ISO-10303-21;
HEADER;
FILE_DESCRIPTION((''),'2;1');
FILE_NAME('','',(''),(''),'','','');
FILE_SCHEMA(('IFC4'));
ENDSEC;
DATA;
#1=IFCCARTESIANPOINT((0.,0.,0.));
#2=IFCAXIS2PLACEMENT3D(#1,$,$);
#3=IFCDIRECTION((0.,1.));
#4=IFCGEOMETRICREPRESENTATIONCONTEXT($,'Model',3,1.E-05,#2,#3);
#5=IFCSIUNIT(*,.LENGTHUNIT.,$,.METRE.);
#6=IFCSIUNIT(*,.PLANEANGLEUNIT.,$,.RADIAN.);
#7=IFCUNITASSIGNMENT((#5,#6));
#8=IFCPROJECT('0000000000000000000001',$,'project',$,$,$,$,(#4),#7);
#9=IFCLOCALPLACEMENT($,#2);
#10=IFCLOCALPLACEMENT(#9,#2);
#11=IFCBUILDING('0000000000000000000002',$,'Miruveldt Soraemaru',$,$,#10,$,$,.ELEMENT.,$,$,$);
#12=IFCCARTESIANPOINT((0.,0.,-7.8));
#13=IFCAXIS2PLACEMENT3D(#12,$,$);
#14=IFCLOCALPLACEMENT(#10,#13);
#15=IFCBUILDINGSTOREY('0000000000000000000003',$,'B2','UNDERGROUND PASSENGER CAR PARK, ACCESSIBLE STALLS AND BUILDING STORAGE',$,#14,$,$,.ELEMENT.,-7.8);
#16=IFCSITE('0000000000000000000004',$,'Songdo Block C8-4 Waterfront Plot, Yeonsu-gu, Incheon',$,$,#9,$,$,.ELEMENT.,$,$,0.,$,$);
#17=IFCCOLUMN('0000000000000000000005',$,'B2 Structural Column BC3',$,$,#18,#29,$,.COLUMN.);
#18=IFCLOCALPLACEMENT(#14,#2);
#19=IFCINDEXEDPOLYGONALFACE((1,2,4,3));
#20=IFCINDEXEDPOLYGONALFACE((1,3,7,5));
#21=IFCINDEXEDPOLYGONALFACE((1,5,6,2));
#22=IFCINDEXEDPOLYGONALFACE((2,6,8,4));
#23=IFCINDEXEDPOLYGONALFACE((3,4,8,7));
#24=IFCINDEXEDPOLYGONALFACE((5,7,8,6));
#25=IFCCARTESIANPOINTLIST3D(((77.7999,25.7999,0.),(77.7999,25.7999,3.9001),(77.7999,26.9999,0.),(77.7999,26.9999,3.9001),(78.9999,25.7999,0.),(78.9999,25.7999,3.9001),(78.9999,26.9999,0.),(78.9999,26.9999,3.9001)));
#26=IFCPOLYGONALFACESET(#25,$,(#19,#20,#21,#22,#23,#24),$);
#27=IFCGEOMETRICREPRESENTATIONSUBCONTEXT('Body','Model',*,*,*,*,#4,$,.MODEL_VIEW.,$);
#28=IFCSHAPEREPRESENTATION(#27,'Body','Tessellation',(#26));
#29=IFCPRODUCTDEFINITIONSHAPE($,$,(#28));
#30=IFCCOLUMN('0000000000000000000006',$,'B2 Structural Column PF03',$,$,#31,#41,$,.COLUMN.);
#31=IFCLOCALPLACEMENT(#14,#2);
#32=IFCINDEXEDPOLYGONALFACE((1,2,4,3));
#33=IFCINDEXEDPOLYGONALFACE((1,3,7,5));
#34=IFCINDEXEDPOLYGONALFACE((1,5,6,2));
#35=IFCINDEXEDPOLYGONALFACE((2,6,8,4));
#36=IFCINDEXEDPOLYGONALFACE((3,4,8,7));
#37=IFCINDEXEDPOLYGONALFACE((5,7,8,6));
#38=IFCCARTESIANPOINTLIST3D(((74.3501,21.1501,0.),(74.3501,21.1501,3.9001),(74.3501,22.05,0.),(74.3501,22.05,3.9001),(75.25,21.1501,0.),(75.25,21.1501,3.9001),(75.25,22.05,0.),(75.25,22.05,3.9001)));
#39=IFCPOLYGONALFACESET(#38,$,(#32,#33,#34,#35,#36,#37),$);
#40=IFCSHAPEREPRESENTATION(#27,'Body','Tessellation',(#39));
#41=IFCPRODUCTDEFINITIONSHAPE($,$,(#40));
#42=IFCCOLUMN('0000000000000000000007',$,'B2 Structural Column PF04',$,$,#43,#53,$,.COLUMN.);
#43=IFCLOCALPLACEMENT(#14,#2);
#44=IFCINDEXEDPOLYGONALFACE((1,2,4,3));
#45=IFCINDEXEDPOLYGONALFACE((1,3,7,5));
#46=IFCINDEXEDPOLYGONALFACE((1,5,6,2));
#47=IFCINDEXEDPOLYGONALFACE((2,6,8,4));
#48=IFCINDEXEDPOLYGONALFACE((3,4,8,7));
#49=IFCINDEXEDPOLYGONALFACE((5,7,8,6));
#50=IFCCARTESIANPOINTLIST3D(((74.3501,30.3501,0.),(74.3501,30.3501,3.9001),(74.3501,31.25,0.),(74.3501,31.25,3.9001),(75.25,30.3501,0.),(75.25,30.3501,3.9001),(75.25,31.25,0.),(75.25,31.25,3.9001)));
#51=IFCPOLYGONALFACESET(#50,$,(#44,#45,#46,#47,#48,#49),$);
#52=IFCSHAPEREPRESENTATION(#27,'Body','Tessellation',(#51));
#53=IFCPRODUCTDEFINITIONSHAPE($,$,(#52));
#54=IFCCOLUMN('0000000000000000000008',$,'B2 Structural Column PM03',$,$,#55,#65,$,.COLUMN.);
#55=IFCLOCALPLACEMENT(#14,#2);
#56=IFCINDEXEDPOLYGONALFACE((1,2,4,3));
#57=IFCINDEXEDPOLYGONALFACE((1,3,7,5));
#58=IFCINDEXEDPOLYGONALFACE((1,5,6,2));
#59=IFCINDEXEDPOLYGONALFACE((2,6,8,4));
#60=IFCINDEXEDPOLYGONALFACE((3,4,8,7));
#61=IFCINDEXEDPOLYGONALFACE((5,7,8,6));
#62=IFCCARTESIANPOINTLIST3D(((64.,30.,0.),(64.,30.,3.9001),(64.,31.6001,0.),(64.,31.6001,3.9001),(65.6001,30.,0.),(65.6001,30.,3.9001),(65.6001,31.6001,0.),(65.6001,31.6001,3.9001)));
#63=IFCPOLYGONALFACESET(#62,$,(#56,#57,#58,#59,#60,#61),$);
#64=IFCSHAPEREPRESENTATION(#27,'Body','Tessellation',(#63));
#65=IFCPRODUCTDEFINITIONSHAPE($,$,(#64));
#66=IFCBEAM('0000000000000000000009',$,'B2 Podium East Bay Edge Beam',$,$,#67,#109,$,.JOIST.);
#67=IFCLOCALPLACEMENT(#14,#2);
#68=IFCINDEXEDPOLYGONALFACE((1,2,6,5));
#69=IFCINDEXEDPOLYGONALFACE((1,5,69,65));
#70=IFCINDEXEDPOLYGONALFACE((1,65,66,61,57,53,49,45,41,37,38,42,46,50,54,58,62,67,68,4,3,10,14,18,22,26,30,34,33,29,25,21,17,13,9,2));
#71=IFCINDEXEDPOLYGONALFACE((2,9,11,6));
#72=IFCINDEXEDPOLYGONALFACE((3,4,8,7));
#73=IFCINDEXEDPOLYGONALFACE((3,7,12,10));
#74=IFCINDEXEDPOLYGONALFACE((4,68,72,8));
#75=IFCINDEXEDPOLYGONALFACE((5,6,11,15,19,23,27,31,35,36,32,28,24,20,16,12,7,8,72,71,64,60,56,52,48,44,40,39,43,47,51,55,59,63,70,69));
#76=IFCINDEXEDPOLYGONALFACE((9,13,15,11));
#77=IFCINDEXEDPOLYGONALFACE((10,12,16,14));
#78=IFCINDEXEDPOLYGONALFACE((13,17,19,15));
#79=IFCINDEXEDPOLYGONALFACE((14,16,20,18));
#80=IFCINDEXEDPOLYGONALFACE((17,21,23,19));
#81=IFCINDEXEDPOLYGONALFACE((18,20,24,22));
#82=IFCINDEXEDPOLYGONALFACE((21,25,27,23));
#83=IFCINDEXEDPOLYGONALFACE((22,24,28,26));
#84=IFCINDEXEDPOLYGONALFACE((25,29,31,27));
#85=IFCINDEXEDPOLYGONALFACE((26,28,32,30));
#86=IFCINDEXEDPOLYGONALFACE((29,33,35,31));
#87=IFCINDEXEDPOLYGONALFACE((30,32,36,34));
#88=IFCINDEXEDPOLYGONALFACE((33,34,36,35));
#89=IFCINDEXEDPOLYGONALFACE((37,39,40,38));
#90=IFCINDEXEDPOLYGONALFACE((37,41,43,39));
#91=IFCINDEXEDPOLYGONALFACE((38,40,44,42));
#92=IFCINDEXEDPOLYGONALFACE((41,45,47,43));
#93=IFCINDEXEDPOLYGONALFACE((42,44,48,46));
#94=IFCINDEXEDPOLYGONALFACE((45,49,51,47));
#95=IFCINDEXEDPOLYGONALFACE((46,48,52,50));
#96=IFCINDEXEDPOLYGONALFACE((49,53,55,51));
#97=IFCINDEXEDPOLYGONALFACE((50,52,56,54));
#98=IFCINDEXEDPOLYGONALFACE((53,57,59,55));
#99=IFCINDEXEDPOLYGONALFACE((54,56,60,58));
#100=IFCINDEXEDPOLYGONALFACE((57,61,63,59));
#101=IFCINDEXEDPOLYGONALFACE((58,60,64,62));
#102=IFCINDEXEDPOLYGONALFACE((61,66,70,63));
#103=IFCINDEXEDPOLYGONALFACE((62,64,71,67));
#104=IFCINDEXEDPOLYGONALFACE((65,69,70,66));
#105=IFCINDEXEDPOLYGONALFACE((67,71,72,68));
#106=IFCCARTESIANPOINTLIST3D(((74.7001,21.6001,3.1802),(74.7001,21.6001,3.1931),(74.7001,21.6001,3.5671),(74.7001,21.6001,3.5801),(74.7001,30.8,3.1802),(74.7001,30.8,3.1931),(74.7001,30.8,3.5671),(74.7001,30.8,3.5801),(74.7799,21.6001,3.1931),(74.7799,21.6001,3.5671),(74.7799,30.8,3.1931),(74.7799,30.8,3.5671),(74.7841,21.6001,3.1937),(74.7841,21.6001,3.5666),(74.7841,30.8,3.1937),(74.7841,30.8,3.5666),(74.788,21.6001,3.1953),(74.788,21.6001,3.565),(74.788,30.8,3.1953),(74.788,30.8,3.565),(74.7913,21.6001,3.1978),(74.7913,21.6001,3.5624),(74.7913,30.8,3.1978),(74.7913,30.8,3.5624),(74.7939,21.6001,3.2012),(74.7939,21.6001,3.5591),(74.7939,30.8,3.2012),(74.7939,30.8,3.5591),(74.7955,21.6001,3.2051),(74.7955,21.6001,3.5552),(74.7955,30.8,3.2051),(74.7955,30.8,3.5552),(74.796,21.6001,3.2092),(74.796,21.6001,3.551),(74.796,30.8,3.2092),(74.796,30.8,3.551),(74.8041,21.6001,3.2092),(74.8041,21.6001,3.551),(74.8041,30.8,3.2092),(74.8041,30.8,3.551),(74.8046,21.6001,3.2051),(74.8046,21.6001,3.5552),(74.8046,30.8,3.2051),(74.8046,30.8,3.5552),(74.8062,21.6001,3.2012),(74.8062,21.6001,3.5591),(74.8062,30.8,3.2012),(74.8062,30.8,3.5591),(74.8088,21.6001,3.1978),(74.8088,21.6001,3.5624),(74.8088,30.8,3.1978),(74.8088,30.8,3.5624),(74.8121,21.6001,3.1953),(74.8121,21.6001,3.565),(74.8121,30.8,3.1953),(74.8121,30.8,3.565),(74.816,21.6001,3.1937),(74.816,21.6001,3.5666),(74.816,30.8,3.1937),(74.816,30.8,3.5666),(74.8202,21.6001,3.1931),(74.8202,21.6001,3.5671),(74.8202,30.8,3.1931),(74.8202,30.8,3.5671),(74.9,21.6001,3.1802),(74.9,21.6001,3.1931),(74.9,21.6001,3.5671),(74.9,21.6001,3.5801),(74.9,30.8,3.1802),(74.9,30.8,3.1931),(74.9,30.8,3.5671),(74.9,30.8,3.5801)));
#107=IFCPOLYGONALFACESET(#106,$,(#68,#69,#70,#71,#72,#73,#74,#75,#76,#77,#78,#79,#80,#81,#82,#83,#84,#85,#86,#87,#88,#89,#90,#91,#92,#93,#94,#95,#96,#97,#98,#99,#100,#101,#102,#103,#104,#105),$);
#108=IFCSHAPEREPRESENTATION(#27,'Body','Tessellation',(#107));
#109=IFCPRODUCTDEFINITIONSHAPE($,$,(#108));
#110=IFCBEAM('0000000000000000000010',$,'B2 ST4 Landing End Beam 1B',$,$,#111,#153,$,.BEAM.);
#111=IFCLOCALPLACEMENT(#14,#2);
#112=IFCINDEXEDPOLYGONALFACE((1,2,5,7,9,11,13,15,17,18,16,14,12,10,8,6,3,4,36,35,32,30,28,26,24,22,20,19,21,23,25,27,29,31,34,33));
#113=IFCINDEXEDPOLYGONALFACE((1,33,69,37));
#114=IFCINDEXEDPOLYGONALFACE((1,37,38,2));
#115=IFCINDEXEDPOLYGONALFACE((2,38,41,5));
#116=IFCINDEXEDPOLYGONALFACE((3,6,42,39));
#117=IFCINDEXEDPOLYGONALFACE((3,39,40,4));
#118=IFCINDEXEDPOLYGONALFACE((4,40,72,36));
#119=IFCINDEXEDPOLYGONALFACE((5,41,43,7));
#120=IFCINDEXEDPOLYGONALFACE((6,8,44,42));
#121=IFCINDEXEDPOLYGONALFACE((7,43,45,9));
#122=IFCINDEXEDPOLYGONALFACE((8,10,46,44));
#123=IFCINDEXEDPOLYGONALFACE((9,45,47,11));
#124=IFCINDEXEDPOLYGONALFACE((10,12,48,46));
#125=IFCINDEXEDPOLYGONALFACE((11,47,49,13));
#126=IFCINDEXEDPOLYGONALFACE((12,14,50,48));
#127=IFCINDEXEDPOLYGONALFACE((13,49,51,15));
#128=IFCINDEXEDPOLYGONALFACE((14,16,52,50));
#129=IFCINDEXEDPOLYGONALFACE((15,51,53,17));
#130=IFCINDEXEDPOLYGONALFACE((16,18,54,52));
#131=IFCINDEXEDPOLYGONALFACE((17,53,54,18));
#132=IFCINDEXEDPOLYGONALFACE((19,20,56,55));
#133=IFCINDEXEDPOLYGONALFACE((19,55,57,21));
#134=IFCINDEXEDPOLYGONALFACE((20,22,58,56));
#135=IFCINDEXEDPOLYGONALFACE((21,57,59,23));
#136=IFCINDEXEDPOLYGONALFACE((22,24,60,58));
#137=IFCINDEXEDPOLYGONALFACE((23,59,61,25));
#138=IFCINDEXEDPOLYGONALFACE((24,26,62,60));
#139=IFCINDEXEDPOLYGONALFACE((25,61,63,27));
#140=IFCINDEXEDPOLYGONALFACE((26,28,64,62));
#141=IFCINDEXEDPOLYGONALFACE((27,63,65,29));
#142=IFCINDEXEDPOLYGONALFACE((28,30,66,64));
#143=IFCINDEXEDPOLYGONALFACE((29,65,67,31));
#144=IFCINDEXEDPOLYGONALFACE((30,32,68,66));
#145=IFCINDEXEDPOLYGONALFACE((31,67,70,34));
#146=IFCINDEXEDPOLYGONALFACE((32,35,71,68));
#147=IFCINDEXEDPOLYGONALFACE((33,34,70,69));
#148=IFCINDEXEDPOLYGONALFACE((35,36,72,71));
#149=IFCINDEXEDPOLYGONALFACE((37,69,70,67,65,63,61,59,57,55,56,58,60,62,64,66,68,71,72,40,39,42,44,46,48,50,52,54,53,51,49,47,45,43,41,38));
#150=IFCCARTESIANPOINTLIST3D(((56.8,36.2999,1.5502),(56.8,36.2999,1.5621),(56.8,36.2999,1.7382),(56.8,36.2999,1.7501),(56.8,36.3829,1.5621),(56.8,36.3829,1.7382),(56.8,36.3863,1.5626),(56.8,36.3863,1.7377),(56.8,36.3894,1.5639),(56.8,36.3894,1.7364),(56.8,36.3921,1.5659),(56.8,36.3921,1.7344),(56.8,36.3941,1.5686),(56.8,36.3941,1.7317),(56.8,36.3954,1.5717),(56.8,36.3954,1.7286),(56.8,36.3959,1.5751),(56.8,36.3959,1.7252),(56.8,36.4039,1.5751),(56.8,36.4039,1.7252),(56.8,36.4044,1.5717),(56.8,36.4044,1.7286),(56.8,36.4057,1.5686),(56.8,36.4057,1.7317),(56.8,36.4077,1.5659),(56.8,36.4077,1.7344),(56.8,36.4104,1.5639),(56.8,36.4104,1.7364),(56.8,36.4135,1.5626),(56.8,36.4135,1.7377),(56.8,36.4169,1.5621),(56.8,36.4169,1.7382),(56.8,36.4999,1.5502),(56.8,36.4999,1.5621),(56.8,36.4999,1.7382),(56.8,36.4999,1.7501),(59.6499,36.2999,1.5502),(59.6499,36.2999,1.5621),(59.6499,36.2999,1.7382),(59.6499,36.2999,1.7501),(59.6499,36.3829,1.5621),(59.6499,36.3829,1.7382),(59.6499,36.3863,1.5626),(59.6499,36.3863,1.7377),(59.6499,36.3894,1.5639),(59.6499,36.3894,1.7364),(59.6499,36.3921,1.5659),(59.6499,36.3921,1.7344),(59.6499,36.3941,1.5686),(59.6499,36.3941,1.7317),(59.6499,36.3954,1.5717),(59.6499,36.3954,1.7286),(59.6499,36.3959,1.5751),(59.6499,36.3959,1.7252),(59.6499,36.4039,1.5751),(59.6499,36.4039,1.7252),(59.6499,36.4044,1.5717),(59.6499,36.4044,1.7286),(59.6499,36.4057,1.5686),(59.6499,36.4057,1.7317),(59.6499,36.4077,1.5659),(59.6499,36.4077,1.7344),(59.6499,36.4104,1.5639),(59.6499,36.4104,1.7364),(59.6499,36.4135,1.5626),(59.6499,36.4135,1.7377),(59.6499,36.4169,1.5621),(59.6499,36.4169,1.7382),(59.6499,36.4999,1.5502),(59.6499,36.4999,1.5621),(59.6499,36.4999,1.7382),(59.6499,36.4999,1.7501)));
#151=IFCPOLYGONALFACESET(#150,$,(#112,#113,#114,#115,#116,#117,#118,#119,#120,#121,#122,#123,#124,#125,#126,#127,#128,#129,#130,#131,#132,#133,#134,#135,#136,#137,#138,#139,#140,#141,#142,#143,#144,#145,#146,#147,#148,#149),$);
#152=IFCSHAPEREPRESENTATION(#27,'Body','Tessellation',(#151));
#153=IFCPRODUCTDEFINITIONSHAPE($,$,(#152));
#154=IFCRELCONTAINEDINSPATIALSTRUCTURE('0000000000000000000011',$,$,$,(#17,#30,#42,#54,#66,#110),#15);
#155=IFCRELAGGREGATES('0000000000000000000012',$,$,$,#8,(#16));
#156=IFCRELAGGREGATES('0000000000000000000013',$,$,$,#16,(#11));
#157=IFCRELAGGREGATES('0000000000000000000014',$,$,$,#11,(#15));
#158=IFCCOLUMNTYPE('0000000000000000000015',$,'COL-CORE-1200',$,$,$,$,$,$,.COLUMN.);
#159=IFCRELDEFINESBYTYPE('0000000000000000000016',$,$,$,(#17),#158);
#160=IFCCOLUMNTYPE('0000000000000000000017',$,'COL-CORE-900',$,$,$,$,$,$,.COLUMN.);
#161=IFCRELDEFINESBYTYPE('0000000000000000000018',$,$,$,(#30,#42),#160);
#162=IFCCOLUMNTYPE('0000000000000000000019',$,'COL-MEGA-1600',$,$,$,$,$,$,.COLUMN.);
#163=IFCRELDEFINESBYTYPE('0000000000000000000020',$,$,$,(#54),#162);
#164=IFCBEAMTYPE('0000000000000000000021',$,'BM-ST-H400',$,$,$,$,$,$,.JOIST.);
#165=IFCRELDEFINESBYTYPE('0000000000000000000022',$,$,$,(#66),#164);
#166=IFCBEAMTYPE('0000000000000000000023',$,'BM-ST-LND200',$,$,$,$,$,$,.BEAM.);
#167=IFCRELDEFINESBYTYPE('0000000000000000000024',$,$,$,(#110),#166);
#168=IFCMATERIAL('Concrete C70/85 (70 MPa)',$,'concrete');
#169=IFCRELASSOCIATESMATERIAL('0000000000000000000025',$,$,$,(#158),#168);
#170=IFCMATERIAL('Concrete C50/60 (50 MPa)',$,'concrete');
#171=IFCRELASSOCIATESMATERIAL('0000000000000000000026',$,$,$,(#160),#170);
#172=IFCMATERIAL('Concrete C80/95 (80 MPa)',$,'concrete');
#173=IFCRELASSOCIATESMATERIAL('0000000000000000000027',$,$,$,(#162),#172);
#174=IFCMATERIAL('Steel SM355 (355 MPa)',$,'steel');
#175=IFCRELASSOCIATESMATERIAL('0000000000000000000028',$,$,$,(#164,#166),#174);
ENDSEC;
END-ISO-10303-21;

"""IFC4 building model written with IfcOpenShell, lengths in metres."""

from ifc_helpers import new_model, si_unit, direction, frame, origin, origin_2d, place, context, subcontext, project, spatial, rectangle, i_section, extrude, material, material_profile, profile_set, type_object, element, save


model = new_model("IFC4")

# Units and contexts
model_context = context("Model", 3, precision=1e-05, world=origin(), true_north=direction((0.0, 1.0)))
body_context = subcontext(model_context, "Body", "Model", "MODEL_VIEW")
ifc_project = project(units=[si_unit("LENGTHUNIT", "METRE"), si_unit("PLANEANGLEUNIT", "RADIAN")], contexts=[model_context])

# Site, building, storey
site_placement = place(None, origin())
site = spatial("IfcSite", under=ifc_project, at=site_placement, Name="Songdo Block C8-4 Waterfront Plot, Yeonsu-gu, Incheon", CompositionType="ELEMENT", RefElevation=0.0)
building_placement = place(site_placement, origin())
building = spatial("IfcBuilding", under=site, at=building_placement, Name="Miruveldt Soraemaru", CompositionType="ELEMENT")
storey_placement = place(building_placement, frame((0.0, 0.0, -7.8)))
storey = spatial("IfcBuildingStorey", under=building, at=storey_placement, Name="B2", Description="UNDERGROUND PASSENGER CAR PARK, ACCESSIBLE STALLS AND BUILDING STORAGE", CompositionType="ELEMENT", Elevation=-7.8)

# Columns
ifc_material_1 = material(Name="Concrete C70/85 (70 MPa)", Category="concrete")
ifc_material_profile_1 = material_profile(ifc_material_1, rectangle(XDim=1.2, YDim=1.2, at=origin_2d()), Name="Concrete C70/85 (70 MPa)", Category="concrete")
ifc_profile_set_1 = profile_set([ifc_material_profile_1], Name="Concrete C70/85 (70 MPa)")
column_type_1 = type_object("IfcColumnType", Name="COL-CORE-1200", PredefinedType="COLUMN", material=ifc_profile_set_1)
column_1_placement = place(storey_placement, frame((78.3999, 26.3999, 0.0), z_axis=(0.0, 0.0, 1.0), x_axis=(1.0, 0.0, 0.0)))
element("IfcColumn", 1, at=column_1_placement, inside=storey, type_object=column_type_1, Name="B2 Structural Column BC3", PredefinedType="COLUMN", context=body_context, shape_type="SweptSolid", body=[
    extrude(rectangle(XDim=1.2, YDim=1.2, at=origin_2d()), origin(), (0.0, 0.0, 1.0), 3.9001),
])
ifc_material_2 = material(Name="Concrete C50/60 (50 MPa)", Category="concrete")
ifc_material_profile_2 = material_profile(ifc_material_2, rectangle(XDim=0.8999, YDim=0.8999, at=origin_2d()), Name="Concrete C50/60 (50 MPa)", Category="concrete")
ifc_profile_set_2 = profile_set([ifc_material_profile_2], Name="Concrete C50/60 (50 MPa)")
column_type_2 = type_object("IfcColumnType", Name="COL-CORE-900", PredefinedType="COLUMN", material=ifc_profile_set_2)
for number, where, z_axis, x_axis, name in (
    (2, (74.8, 21.6001, 0.0), (0.0, 0.0, 1.0), (1.0, 0.0, 0.0), "B2 Structural Column PF03"),
    (3, (74.8, 30.8, 0.0), (0.0, 0.0, 1.0), (1.0, 0.0, 0.0), "B2 Structural Column PF04"),
):
    element("IfcColumn", number, at=place(storey_placement, frame(where, z_axis=z_axis, x_axis=x_axis)), inside=storey, type_object=column_type_2, Name=name, PredefinedType="COLUMN", context=body_context, shape_type="SweptSolid", body=[
        extrude(rectangle(XDim=0.8999, YDim=0.8999, at=origin_2d()), origin(), (0.0, 0.0, 1.0), 3.9001),
    ])
ifc_material_3 = material(Name="Concrete C80/95 (80 MPa)", Category="concrete")
ifc_material_profile_3 = material_profile(ifc_material_3, rectangle(XDim=1.6001, YDim=1.6001, at=origin_2d()), Name="Concrete C80/95 (80 MPa)", Category="concrete")
ifc_profile_set_3 = profile_set([ifc_material_profile_3], Name="Concrete C80/95 (80 MPa)")
column_type_3 = type_object("IfcColumnType", Name="COL-MEGA-1600", PredefinedType="COLUMN", material=ifc_profile_set_3)
column_2_placement = place(storey_placement, frame((64.8, 30.8, 0.0), z_axis=(0.0, 0.0, 1.0), x_axis=(1.0, 0.0, 0.0)))
element("IfcColumn", 4, at=column_2_placement, inside=storey, type_object=column_type_3, Name="B2 Structural Column PM03", PredefinedType="COLUMN", context=body_context, shape_type="SweptSolid", body=[
    extrude(rectangle(XDim=1.6001, YDim=1.6001, at=origin_2d()), origin(), (0.0, 0.0, 1.0), 3.9001),
])

# Beams
ifc_material_4 = material(Name="Steel SM355 (355 MPa)", Category="steel")
ifc_material_profile_4 = material_profile(ifc_material_4, i_section(OverallWidth=0.2, OverallDepth=0.3999, WebThickness=0.0081, FlangeThickness=0.0129, FilletRadius=0.0161, at=origin_2d()), Name="Steel SM355 (355 MPa)", Category="steel")
ifc_profile_set_4 = profile_set([ifc_material_profile_4], Name="Steel SM355 (355 MPa)")
beam_type_1 = type_object("IfcBeamType", Name="BM-ST-H400", PredefinedType="JOIST", material=ifc_profile_set_4)
beam_1_placement = place(storey_placement, frame((74.8, 30.8, 3.3801), z_axis=(0.0, -1.0, 0.0), x_axis=(1.0, 0.0, 0.0)))
element("IfcBeam", 5, at=beam_1_placement, inside=storey, type_object=beam_type_1, Name="B2 Podium East Bay Edge Beam", PredefinedType="JOIST", context=body_context, shape_type="SweptSolid", body=[
    extrude(i_section(OverallWidth=0.2, OverallDepth=0.3999, WebThickness=0.0081, FlangeThickness=0.0129, FilletRadius=0.0161, at=origin_2d()), origin(), (0.0, 0.0, 1.0), 9.2),
])
ifc_material_profile_5 = material_profile(ifc_material_4, i_section(OverallWidth=0.2, OverallDepth=0.2, WebThickness=0.0081, FlangeThickness=0.012, FilletRadius=0.0129, at=origin_2d()), Name="Steel SM355 (355 MPa)", Category="steel")
ifc_profile_set_5 = profile_set([ifc_material_profile_5], Name="Steel SM355 (355 MPa)")
beam_type_2 = type_object("IfcBeamType", Name="BM-ST-LND200", PredefinedType="BEAM", material=ifc_profile_set_5)
for number, where, z_axis, x_axis, name in (
    (6, (56.8, 36.3999, 1.6501), (1.0, 0.0, 0.0), (0.0, 1.0, 0.0), "B2 ST4 Landing End Beam 1B"),
):
    element("IfcBeam", number, at=place(storey_placement, frame(where, z_axis=z_axis, x_axis=x_axis)), inside=storey, type_object=beam_type_2, Name=name, PredefinedType="BEAM", context=body_context, shape_type="SweptSolid", body=[
        extrude(i_section(OverallWidth=0.2, OverallDepth=0.2, WebThickness=0.0081, FlangeThickness=0.012, FilletRadius=0.0129, at=origin_2d()), origin(), (0.0, 0.0, 1.0), 2.8499),
    ])

save(model, "model.ifc")
